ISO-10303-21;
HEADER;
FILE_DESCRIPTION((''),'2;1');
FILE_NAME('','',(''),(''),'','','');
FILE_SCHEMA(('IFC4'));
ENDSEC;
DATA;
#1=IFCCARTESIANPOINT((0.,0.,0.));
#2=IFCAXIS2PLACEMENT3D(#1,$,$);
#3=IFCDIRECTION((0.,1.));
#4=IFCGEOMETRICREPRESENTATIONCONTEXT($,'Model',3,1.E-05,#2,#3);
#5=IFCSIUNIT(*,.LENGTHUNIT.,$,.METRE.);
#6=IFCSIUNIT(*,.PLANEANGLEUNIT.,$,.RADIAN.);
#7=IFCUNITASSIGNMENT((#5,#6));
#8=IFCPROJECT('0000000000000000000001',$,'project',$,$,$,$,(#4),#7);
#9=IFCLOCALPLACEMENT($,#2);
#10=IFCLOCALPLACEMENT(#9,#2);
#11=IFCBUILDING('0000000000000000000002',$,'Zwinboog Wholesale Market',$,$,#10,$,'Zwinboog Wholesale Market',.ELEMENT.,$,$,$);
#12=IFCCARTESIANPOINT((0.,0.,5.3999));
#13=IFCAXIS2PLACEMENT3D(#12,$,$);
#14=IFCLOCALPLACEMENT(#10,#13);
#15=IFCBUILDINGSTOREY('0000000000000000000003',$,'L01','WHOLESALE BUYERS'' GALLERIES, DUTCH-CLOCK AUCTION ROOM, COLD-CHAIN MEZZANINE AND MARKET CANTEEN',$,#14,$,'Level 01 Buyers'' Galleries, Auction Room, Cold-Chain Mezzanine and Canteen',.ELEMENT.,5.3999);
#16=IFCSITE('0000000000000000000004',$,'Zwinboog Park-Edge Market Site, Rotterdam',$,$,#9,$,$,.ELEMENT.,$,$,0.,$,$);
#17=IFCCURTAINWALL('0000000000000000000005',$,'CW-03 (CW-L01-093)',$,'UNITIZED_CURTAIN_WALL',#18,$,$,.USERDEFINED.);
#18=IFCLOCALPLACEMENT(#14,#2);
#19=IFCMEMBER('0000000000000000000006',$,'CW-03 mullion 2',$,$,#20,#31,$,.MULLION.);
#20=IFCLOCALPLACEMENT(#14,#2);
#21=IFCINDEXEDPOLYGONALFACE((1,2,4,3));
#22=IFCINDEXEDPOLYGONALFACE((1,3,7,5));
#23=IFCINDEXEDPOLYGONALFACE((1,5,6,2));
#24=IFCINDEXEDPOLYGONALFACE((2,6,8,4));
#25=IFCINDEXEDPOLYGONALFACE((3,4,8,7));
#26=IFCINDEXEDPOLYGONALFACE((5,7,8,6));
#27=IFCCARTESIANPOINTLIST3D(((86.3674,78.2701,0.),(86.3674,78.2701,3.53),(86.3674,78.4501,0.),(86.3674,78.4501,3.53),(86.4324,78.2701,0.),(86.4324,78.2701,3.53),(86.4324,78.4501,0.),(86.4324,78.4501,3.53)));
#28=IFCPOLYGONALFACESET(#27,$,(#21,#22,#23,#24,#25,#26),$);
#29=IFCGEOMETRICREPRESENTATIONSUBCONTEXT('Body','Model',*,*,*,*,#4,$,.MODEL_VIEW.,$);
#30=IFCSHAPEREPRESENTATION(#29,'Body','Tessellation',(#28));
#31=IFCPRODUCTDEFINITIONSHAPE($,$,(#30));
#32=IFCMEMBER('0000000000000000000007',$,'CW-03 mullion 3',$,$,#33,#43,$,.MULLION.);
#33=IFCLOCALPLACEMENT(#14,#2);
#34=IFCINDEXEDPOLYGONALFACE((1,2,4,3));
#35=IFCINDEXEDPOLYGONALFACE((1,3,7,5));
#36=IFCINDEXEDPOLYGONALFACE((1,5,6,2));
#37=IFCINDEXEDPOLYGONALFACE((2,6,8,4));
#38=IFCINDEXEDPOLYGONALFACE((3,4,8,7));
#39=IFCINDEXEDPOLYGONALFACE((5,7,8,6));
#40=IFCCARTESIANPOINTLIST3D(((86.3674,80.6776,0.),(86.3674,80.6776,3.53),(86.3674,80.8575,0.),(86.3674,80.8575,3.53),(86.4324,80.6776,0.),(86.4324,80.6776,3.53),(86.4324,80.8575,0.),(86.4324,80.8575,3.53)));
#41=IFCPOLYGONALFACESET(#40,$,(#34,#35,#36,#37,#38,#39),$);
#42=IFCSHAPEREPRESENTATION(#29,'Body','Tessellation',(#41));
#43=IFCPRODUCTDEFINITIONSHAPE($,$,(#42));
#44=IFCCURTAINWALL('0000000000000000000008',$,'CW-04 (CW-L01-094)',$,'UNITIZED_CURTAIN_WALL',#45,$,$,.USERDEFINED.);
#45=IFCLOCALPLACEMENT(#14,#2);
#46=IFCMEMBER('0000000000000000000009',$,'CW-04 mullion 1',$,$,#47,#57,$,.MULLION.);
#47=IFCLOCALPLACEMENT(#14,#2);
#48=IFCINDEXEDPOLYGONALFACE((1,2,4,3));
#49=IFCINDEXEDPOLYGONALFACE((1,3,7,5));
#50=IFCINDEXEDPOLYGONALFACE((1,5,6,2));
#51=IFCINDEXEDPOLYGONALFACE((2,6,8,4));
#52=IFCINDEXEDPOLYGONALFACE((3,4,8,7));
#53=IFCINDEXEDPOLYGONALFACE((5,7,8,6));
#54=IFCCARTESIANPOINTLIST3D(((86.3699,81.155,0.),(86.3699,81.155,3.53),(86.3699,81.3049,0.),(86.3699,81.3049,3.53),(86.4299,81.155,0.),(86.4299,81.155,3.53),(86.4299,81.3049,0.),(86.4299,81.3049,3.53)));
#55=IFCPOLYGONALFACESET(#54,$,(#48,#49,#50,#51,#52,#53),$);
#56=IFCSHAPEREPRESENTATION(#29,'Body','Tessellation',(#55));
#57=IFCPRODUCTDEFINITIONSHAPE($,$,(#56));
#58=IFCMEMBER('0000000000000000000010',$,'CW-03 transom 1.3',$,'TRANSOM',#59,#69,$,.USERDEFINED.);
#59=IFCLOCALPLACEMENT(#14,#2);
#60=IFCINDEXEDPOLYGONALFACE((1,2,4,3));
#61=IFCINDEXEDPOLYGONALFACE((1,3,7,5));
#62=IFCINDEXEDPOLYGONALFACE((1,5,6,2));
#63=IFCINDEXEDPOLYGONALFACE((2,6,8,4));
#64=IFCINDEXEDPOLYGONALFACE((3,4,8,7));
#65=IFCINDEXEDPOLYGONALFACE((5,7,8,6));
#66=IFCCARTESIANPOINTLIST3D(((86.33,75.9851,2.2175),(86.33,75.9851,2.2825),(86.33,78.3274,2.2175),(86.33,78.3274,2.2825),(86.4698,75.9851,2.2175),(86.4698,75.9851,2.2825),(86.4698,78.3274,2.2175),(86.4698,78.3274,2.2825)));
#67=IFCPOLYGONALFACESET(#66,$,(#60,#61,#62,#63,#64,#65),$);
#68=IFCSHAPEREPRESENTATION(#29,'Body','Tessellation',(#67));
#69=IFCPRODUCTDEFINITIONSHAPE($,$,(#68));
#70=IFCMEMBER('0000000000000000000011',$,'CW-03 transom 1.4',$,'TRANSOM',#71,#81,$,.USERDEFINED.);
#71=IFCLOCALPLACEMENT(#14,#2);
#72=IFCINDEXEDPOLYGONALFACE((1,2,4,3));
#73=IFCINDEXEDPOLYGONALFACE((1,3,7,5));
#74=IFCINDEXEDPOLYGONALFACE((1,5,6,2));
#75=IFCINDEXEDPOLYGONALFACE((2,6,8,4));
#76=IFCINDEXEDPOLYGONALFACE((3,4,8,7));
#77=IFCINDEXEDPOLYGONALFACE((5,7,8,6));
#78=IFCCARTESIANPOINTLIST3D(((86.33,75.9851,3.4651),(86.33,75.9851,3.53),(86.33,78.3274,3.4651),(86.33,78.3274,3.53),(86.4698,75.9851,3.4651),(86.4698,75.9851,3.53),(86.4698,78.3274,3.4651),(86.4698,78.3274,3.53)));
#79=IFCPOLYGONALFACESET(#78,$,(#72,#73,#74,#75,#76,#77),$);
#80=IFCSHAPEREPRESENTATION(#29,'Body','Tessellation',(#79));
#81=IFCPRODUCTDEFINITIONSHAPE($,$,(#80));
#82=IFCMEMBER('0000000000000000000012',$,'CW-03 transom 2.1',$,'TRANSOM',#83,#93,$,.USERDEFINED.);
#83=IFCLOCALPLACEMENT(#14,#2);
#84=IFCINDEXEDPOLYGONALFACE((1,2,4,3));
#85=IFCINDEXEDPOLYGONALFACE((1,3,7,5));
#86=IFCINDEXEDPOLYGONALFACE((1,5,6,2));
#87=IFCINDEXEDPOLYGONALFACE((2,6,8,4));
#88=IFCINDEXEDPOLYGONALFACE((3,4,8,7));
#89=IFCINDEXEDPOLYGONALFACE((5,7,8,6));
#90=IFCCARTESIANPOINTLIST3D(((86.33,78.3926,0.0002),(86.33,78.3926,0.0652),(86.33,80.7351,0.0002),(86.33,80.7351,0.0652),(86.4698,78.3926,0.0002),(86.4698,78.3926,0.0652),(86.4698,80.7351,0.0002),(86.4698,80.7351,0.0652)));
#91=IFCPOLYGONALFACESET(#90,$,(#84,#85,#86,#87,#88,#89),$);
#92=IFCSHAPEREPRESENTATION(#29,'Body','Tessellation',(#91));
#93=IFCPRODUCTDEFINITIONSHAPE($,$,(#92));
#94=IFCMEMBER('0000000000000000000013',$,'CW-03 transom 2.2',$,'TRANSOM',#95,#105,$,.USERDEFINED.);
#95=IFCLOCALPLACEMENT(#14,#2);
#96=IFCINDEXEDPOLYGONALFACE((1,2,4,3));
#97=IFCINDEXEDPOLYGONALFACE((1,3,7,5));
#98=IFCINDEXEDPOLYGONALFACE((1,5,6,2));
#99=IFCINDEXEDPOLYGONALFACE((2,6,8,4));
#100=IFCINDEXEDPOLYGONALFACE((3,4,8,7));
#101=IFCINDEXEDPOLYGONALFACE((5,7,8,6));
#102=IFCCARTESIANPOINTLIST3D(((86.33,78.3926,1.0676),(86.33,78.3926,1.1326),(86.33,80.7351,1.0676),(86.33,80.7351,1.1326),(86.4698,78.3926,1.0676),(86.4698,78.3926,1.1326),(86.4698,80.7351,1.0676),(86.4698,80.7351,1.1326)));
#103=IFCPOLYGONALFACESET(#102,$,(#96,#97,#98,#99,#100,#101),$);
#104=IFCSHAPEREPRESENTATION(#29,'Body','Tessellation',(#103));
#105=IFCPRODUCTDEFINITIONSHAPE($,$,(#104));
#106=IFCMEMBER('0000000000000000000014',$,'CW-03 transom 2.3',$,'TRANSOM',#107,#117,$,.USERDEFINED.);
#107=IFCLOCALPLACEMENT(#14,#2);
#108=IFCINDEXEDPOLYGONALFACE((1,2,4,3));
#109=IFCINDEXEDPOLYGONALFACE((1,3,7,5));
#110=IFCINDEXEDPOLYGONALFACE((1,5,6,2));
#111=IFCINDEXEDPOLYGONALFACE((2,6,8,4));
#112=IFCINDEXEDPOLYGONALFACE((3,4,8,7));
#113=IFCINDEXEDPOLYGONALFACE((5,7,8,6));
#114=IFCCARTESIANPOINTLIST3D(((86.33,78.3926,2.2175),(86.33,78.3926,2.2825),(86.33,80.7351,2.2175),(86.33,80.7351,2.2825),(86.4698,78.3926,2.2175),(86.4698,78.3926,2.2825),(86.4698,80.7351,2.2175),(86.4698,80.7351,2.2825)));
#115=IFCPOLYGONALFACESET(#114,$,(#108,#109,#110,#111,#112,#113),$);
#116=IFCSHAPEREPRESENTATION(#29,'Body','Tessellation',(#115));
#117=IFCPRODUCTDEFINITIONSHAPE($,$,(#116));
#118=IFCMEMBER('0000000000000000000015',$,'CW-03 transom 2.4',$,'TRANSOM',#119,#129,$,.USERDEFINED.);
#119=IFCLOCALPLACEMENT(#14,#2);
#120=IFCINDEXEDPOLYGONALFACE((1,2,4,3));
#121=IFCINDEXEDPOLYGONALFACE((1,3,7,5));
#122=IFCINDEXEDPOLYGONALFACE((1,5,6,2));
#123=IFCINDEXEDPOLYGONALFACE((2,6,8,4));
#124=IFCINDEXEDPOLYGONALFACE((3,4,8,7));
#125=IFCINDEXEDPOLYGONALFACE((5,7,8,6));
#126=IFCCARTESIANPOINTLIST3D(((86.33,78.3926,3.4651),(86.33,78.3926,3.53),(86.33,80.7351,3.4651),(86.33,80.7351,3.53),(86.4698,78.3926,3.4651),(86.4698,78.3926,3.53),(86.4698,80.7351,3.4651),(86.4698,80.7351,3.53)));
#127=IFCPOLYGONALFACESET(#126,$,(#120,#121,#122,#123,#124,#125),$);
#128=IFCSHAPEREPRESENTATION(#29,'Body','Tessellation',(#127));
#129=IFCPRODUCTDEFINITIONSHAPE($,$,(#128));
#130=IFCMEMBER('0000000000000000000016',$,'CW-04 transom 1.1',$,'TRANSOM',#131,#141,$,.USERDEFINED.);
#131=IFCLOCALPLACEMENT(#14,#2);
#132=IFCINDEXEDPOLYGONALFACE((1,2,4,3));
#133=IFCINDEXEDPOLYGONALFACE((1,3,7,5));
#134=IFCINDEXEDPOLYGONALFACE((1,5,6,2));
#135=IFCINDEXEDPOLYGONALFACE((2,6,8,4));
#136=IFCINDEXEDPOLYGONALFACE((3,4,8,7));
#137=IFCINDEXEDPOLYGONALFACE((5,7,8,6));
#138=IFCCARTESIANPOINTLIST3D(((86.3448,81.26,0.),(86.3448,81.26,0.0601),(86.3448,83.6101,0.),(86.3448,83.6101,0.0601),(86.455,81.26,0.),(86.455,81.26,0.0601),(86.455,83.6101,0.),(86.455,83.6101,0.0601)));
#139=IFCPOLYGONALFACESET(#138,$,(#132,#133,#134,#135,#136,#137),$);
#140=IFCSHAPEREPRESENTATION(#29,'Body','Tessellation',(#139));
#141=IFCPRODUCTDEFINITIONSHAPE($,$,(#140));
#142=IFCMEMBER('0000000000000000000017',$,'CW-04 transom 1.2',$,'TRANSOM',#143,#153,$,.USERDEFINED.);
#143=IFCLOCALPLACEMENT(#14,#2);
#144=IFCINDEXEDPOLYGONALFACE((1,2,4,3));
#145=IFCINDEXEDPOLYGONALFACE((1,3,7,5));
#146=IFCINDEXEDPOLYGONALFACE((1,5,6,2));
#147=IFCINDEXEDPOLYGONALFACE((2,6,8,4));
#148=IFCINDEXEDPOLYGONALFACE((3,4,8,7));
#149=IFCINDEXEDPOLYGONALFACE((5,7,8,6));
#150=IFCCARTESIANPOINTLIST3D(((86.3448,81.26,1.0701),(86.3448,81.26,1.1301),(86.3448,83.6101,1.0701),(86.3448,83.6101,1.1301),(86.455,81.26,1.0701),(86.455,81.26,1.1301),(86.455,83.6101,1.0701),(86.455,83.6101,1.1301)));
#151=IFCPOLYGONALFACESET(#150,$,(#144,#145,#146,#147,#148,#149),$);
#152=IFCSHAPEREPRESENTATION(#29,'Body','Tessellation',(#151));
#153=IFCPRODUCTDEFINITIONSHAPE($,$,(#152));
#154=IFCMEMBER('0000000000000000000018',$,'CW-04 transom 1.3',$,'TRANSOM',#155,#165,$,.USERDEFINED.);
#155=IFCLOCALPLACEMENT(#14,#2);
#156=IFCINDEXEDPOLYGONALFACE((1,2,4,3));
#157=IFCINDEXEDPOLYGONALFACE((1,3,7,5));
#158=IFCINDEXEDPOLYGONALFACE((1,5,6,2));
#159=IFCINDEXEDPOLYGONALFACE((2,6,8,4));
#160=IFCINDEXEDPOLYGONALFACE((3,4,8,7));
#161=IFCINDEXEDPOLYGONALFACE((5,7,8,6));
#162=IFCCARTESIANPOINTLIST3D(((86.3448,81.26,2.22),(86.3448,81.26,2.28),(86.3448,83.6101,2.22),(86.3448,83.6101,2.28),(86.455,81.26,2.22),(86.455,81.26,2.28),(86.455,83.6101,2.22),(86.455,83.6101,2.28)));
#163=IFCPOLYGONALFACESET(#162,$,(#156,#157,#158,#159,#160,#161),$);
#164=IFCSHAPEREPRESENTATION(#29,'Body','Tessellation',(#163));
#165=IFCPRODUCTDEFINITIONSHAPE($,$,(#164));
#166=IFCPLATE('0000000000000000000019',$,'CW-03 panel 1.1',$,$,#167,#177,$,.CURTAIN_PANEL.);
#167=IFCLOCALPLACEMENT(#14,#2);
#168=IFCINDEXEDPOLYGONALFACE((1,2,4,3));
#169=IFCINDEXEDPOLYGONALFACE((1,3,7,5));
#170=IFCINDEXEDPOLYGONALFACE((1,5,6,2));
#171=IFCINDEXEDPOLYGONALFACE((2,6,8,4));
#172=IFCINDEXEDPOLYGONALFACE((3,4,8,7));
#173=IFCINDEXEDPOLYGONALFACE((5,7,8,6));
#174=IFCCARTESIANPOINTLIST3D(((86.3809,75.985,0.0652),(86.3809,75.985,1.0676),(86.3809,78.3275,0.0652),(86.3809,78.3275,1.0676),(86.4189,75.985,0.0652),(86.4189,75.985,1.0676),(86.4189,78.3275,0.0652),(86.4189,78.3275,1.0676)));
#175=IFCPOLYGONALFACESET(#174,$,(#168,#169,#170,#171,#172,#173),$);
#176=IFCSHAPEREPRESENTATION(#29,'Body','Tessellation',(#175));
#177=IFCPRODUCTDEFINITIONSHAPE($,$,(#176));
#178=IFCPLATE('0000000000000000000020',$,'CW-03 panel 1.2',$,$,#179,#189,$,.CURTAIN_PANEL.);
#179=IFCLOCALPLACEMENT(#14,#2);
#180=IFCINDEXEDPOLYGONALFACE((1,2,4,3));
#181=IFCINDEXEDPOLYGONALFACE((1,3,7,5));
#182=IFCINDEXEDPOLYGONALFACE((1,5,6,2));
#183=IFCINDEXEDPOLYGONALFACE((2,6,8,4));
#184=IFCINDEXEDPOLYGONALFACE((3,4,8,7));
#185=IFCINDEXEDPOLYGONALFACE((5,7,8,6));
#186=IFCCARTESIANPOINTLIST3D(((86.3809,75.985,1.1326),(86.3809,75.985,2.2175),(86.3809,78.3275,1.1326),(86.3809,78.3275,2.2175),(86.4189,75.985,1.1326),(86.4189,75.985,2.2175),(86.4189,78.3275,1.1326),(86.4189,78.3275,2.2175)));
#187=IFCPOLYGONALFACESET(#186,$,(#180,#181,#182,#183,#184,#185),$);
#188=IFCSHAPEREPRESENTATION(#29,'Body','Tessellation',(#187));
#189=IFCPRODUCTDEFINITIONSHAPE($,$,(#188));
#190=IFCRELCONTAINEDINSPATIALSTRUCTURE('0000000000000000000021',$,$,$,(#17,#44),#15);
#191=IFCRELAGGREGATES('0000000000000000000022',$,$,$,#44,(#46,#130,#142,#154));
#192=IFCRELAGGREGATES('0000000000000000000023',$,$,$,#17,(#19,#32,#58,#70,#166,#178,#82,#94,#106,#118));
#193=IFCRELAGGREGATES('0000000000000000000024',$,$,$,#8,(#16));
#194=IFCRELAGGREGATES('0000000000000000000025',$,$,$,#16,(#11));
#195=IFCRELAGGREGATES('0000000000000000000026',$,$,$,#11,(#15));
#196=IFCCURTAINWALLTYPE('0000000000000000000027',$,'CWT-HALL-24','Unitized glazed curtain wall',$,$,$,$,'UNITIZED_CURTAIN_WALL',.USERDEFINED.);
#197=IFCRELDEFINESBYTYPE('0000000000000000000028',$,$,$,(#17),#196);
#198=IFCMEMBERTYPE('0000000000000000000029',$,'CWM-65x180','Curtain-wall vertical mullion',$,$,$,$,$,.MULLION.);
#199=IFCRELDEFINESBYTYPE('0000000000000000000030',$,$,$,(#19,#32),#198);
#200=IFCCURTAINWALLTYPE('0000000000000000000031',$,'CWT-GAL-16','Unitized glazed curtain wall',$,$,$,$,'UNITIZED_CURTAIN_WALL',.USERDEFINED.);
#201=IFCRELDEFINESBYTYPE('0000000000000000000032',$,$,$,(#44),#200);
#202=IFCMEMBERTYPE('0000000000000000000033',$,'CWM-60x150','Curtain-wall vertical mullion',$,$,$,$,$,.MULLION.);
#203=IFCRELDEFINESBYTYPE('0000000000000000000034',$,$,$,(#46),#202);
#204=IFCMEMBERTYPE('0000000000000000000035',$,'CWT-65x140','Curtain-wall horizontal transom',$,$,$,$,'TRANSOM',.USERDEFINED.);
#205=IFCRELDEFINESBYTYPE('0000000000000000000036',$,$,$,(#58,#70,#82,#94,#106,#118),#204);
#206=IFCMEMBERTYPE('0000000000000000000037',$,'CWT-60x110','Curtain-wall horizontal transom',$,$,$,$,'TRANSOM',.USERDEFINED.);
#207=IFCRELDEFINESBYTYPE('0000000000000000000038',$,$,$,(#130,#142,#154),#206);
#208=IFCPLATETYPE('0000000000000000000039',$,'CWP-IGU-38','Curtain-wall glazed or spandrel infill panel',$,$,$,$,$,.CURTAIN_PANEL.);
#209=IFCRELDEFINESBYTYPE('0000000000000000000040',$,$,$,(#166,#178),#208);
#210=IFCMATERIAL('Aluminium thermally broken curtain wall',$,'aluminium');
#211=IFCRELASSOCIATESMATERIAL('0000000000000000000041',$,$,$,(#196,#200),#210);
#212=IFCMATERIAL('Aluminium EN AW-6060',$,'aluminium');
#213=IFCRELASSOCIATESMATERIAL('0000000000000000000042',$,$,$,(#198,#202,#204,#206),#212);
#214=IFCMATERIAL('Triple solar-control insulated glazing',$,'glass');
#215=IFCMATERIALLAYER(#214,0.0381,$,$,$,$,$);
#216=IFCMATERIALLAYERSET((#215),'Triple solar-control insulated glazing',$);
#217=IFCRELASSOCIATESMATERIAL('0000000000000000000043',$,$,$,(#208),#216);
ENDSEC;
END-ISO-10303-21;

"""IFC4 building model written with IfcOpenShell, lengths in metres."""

from ifc_helpers import new_model, si_unit, direction, frame, origin, origin_2d, place, context, subcontext, project, spatial, rectangle, extrude, material, layer, layer_set, material_profile, profile_set, type_object, element, aggregate, save


model = new_model("IFC4")

# Units and contexts
model_context = context("Model", 3, precision=1e-05, world=origin(), true_north=direction((0.0, 1.0)))
body_context = subcontext(model_context, "Body", "Model", "MODEL_VIEW")
ifc_project = project(units=[si_unit("LENGTHUNIT", "METRE"), si_unit("PLANEANGLEUNIT", "RADIAN")], contexts=[model_context])

# Site, building, storey
site_placement = place(None, origin())
site = spatial("IfcSite", under=ifc_project, at=site_placement, Name="Zwinboog Park-Edge Market Site, Rotterdam", CompositionType="ELEMENT", RefElevation=0.0)
building_placement = place(site_placement, origin())
building = spatial("IfcBuilding", under=site, at=building_placement, Name="Zwinboog Wholesale Market", LongName="Zwinboog Wholesale Market", CompositionType="ELEMENT")
storey_placement = place(building_placement, frame((0.0, 0.0, 5.3999)))
storey = spatial("IfcBuildingStorey", under=building, at=storey_placement, Name="L01", Description="WHOLESALE BUYERS' GALLERIES, DUTCH-CLOCK AUCTION ROOM, COLD-CHAIN MEZZANINE AND MARKET CANTEEN", LongName="Level 01 Buyers' Galleries, Auction Room, Cold-Chain Mezzanine and Canteen", CompositionType="ELEMENT", Elevation=5.3999)

# Curtain wall, members
ifc_material_1 = material(Name="Aluminium thermally broken curtain wall", Category="aluminium")
curtain_wall_type_1 = type_object("IfcCurtainWallType", Name="CWT-HALL-24", Description="Unitized glazed curtain wall", ElementType="UNITIZED_CURTAIN_WALL", PredefinedType="USERDEFINED", material=ifc_material_1)
curtain_wall_1_placement = place(storey_placement, origin())
curtain_wall_1 = element("IfcCurtainWall", 1, at=curtain_wall_1_placement, inside=storey, type_object=curtain_wall_type_1, Name="CW-03 (CW-L01-093)", ObjectType="UNITIZED_CURTAIN_WALL", PredefinedType="USERDEFINED")
ifc_material_2 = material(Name="Aluminium EN AW-6060", Category="aluminium")
ifc_material_profile_1 = material_profile(ifc_material_2, rectangle(XDim=0.0649, YDim=0.1799, at=origin_2d()), Name="AL 65x180")
ifc_profile_set_1 = profile_set([ifc_material_profile_1], Name="Aluminium EN AW-6060")
member_type_1 = type_object("IfcMemberType", Name="CWM-65x180", Description="Curtain-wall vertical mullion", PredefinedType="MULLION", material=ifc_profile_set_1)
member_1_placement = place(storey_placement, frame((86.3999, 78.3601, 0.0), z_axis=(0.0, 0.0, 1.0), x_axis=(-1.0, 0.0, 0.0)))
member_1 = element("IfcMember", 2, at=member_1_placement, type_object=member_type_1, Name="CW-03 mullion 2", PredefinedType="MULLION", context=body_context, shape_type="SweptSolid", body=[
    extrude(rectangle(XDim=0.0649, YDim=0.1799, at=origin_2d()), origin(), (0.0, 0.0, 1.0), 3.53),
])
member_2_placement = place(storey_placement, frame((86.3999, 80.7676, 0.0), z_axis=(0.0, 0.0, 1.0), x_axis=(-1.0, 0.0, 0.0)))
member_2 = element("IfcMember", 3, at=member_2_placement, type_object=member_type_1, Name="CW-03 mullion 3", PredefinedType="MULLION", context=body_context, shape_type="SweptSolid", body=[
    extrude(rectangle(XDim=0.0649, YDim=0.1799, at=origin_2d()), origin(), (0.0, 0.0, 1.0), 3.53),
])

# Curtain wall, member
curtain_wall_type_2 = type_object("IfcCurtainWallType", Name="CWT-GAL-16", Description="Unitized glazed curtain wall", ElementType="UNITIZED_CURTAIN_WALL", PredefinedType="USERDEFINED", material=ifc_material_1)
curtain_wall_2_placement = place(storey_placement, origin())
curtain_wall_2 = element("IfcCurtainWall", 4, at=curtain_wall_2_placement, inside=storey, type_object=curtain_wall_type_2, Name="CW-04 (CW-L01-094)", ObjectType="UNITIZED_CURTAIN_WALL", PredefinedType="USERDEFINED")
ifc_material_profile_2 = material_profile(ifc_material_2, rectangle(XDim=0.0601, YDim=0.1499, at=origin_2d()), Name="AL 60x150")
ifc_profile_set_2 = profile_set([ifc_material_profile_2], Name="Aluminium EN AW-6060")
member_type_2 = type_object("IfcMemberType", Name="CWM-60x150", Description="Curtain-wall vertical mullion", PredefinedType="MULLION", material=ifc_profile_set_2)
member_3_placement = place(storey_placement, frame((86.3999, 81.23, 0.0), z_axis=(0.0, 0.0, 1.0), x_axis=(-1.0, 0.0, 0.0)))
member_3 = element("IfcMember", 5, at=member_3_placement, type_object=member_type_2, Name="CW-04 mullion 1", PredefinedType="MULLION", context=body_context, shape_type="SweptSolid", body=[
    extrude(rectangle(XDim=0.0601, YDim=0.1499, at=origin_2d()), origin(), (0.0, 0.0, 1.0), 3.53),
])

# Members
ifc_material_profile_3 = material_profile(ifc_material_2, rectangle(XDim=0.1399, YDim=0.0649, at=origin_2d()), Name="AL 65x140")
ifc_profile_set_3 = profile_set([ifc_material_profile_3], Name="Aluminium EN AW-6060")
member_type_3 = type_object("IfcMemberType", Name="CWT-65x140", Description="Curtain-wall horizontal transom", ElementType="TRANSOM", PredefinedType="USERDEFINED", material=ifc_profile_set_3)
member_4_placement = place(storey_placement, frame((86.3999, 75.9851, 2.25), z_axis=(0.0, 1.0, 0.0), x_axis=(-1.0, 0.0, 0.0)))
member_4 = element("IfcMember", 6, at=member_4_placement, type_object=member_type_3, Name="CW-03 transom 1.3", ObjectType="TRANSOM", PredefinedType="USERDEFINED", context=body_context, shape_type="SweptSolid", body=[
    extrude(rectangle(XDim=0.1399, YDim=0.0649, at=origin_2d()), origin(), (0.0, 0.0, 1.0), 2.3423),
])
member_5_placement = place(storey_placement, frame((86.3999, 75.9851, 3.4976), z_axis=(0.0, 1.0, 0.0), x_axis=(-1.0, 0.0, 0.0)))
member_5 = element("IfcMember", 7, at=member_5_placement, type_object=member_type_3, Name="CW-03 transom 1.4", ObjectType="TRANSOM", PredefinedType="USERDEFINED", context=body_context, shape_type="SweptSolid", body=[
    extrude(rectangle(XDim=0.1399, YDim=0.0649, at=origin_2d()), origin(), (0.0, 0.0, 1.0), 2.3423),
])
member_6_placement = place(storey_placement, frame((86.3999, 78.3926, 0.0327), z_axis=(0.0, 1.0, 0.0), x_axis=(-1.0, 0.0, 0.0)))
member_6 = element("IfcMember", 8, at=member_6_placement, type_object=member_type_3, Name="CW-03 transom 2.1", ObjectType="TRANSOM", PredefinedType="USERDEFINED", context=body_context, shape_type="SweptSolid", body=[
    extrude(rectangle(XDim=0.1399, YDim=0.0649, at=origin_2d()), origin(), (0.0, 0.0, 1.0), 2.3425),
])
member_7_placement = place(storey_placement, frame((86.3999, 78.3926, 1.1001), z_axis=(0.0, 1.0, 0.0), x_axis=(-1.0, 0.0, 0.0)))
member_7 = element("IfcMember", 9, at=member_7_placement, type_object=member_type_3, Name="CW-03 transom 2.2", ObjectType="TRANSOM", PredefinedType="USERDEFINED", context=body_context, shape_type="SweptSolid", body=[
    extrude(rectangle(XDim=0.1399, YDim=0.0649, at=origin_2d()), origin(), (0.0, 0.0, 1.0), 2.3425),
])
member_8_placement = place(storey_placement, frame((86.3999, 78.3926, 2.25), z_axis=(0.0, 1.0, 0.0), x_axis=(-1.0, 0.0, 0.0)))
member_8 = element("IfcMember", 10, at=member_8_placement, type_object=member_type_3, Name="CW-03 transom 2.3", ObjectType="TRANSOM", PredefinedType="USERDEFINED", context=body_context, shape_type="SweptSolid", body=[
    extrude(rectangle(XDim=0.1399, YDim=0.0649, at=origin_2d()), origin(), (0.0, 0.0, 1.0), 2.3425),
])
member_9_placement = place(storey_placement, frame((86.3999, 78.3926, 3.4976), z_axis=(0.0, 1.0, 0.0), x_axis=(-1.0, 0.0, 0.0)))
member_9 = element("IfcMember", 11, at=member_9_placement, type_object=member_type_3, Name="CW-03 transom 2.4", ObjectType="TRANSOM", PredefinedType="USERDEFINED", context=body_context, shape_type="SweptSolid", body=[
    extrude(rectangle(XDim=0.1399, YDim=0.0649, at=origin_2d()), origin(), (0.0, 0.0, 1.0), 2.3425),
])
ifc_material_profile_4 = material_profile(ifc_material_2, rectangle(XDim=0.1101, YDim=0.0601, at=origin_2d()), Name="AL 60x110")
ifc_profile_set_4 = profile_set([ifc_material_profile_4], Name="Aluminium EN AW-6060")
member_type_4 = type_object("IfcMemberType", Name="CWT-60x110", Description="Curtain-wall horizontal transom", ElementType="TRANSOM", PredefinedType="USERDEFINED", material=ifc_profile_set_4)
member_10_placement = place(storey_placement, frame((86.3999, 81.26, 0.03), z_axis=(0.0, 1.0, 0.0), x_axis=(-1.0, 0.0, 0.0)))
member_10 = element("IfcMember", 12, at=member_10_placement, type_object=member_type_4, Name="CW-04 transom 1.1", ObjectType="TRANSOM", PredefinedType="USERDEFINED", context=body_context, shape_type="SweptSolid", body=[
    extrude(rectangle(XDim=0.1101, YDim=0.0601, at=origin_2d()), origin(), (0.0, 0.0, 1.0), 2.3501),
])
member_11_placement = place(storey_placement, frame((86.3999, 81.26, 1.1001), z_axis=(0.0, 1.0, 0.0), x_axis=(-1.0, 0.0, 0.0)))
member_11 = element("IfcMember", 13, at=member_11_placement, type_object=member_type_4, Name="CW-04 transom 1.2", ObjectType="TRANSOM", PredefinedType="USERDEFINED", context=body_context, shape_type="SweptSolid", body=[
    extrude(rectangle(XDim=0.1101, YDim=0.0601, at=origin_2d()), origin(), (0.0, 0.0, 1.0), 2.3501),
])
member_12_placement = place(storey_placement, frame((86.3999, 81.26, 2.25), z_axis=(0.0, 1.0, 0.0), x_axis=(-1.0, 0.0, 0.0)))
member_12 = element("IfcMember", 14, at=member_12_placement, type_object=member_type_4, Name="CW-04 transom 1.3", ObjectType="TRANSOM", PredefinedType="USERDEFINED", context=body_context, shape_type="SweptSolid", body=[
    extrude(rectangle(XDim=0.1101, YDim=0.0601, at=origin_2d()), origin(), (0.0, 0.0, 1.0), 2.3501),
])
aggregate(curtain_wall_2, [member_3, member_10, member_11, member_12])

# Plates
ifc_material_3 = material(Name="Triple solar-control insulated glazing", Category="glass")
ifc_layer_1 = layer(ifc_material_3, 0.0381)
ifc_layer_set_1 = layer_set([ifc_layer_1], Name="Triple solar-control insulated glazing")
plate_type = type_object("IfcPlateType", Name="CWP-IGU-38", Description="Curtain-wall glazed or spandrel infill panel", PredefinedType="CURTAIN_PANEL", material=ifc_layer_set_1)
plate_1_placement = place(storey_placement, frame((86.3999, 77.1562, 0.0652), z_axis=(0.0, 0.0, 1.0), x_axis=(0.0, 1.0, 0.0)))
plate_1 = element("IfcPlate", 15, at=plate_1_placement, type_object=plate_type, Name="CW-03 panel 1.1", PredefinedType="CURTAIN_PANEL", context=body_context, shape_type="SweptSolid", body=[
    extrude(rectangle(XDim=2.3425, YDim=0.0381, at=origin_2d()), origin(), (0.0, 0.0, 1.0), 1.0024),
])
plate_2_placement = place(storey_placement, frame((86.3999, 77.1562, 1.1326), z_axis=(0.0, 0.0, 1.0), x_axis=(0.0, 1.0, 0.0)))
plate_2 = element("IfcPlate", 16, at=plate_2_placement, type_object=plate_type, Name="CW-03 panel 1.2", PredefinedType="CURTAIN_PANEL", context=body_context, shape_type="SweptSolid", body=[
    extrude(rectangle(XDim=2.3425, YDim=0.0381, at=origin_2d()), origin(), (0.0, 0.0, 1.0), 1.085),
])
aggregate(curtain_wall_1, [member_1, member_2, member_4, member_5, plate_1, plate_2, member_6, member_7, member_8, member_9])

save(model, "model.ifc")
